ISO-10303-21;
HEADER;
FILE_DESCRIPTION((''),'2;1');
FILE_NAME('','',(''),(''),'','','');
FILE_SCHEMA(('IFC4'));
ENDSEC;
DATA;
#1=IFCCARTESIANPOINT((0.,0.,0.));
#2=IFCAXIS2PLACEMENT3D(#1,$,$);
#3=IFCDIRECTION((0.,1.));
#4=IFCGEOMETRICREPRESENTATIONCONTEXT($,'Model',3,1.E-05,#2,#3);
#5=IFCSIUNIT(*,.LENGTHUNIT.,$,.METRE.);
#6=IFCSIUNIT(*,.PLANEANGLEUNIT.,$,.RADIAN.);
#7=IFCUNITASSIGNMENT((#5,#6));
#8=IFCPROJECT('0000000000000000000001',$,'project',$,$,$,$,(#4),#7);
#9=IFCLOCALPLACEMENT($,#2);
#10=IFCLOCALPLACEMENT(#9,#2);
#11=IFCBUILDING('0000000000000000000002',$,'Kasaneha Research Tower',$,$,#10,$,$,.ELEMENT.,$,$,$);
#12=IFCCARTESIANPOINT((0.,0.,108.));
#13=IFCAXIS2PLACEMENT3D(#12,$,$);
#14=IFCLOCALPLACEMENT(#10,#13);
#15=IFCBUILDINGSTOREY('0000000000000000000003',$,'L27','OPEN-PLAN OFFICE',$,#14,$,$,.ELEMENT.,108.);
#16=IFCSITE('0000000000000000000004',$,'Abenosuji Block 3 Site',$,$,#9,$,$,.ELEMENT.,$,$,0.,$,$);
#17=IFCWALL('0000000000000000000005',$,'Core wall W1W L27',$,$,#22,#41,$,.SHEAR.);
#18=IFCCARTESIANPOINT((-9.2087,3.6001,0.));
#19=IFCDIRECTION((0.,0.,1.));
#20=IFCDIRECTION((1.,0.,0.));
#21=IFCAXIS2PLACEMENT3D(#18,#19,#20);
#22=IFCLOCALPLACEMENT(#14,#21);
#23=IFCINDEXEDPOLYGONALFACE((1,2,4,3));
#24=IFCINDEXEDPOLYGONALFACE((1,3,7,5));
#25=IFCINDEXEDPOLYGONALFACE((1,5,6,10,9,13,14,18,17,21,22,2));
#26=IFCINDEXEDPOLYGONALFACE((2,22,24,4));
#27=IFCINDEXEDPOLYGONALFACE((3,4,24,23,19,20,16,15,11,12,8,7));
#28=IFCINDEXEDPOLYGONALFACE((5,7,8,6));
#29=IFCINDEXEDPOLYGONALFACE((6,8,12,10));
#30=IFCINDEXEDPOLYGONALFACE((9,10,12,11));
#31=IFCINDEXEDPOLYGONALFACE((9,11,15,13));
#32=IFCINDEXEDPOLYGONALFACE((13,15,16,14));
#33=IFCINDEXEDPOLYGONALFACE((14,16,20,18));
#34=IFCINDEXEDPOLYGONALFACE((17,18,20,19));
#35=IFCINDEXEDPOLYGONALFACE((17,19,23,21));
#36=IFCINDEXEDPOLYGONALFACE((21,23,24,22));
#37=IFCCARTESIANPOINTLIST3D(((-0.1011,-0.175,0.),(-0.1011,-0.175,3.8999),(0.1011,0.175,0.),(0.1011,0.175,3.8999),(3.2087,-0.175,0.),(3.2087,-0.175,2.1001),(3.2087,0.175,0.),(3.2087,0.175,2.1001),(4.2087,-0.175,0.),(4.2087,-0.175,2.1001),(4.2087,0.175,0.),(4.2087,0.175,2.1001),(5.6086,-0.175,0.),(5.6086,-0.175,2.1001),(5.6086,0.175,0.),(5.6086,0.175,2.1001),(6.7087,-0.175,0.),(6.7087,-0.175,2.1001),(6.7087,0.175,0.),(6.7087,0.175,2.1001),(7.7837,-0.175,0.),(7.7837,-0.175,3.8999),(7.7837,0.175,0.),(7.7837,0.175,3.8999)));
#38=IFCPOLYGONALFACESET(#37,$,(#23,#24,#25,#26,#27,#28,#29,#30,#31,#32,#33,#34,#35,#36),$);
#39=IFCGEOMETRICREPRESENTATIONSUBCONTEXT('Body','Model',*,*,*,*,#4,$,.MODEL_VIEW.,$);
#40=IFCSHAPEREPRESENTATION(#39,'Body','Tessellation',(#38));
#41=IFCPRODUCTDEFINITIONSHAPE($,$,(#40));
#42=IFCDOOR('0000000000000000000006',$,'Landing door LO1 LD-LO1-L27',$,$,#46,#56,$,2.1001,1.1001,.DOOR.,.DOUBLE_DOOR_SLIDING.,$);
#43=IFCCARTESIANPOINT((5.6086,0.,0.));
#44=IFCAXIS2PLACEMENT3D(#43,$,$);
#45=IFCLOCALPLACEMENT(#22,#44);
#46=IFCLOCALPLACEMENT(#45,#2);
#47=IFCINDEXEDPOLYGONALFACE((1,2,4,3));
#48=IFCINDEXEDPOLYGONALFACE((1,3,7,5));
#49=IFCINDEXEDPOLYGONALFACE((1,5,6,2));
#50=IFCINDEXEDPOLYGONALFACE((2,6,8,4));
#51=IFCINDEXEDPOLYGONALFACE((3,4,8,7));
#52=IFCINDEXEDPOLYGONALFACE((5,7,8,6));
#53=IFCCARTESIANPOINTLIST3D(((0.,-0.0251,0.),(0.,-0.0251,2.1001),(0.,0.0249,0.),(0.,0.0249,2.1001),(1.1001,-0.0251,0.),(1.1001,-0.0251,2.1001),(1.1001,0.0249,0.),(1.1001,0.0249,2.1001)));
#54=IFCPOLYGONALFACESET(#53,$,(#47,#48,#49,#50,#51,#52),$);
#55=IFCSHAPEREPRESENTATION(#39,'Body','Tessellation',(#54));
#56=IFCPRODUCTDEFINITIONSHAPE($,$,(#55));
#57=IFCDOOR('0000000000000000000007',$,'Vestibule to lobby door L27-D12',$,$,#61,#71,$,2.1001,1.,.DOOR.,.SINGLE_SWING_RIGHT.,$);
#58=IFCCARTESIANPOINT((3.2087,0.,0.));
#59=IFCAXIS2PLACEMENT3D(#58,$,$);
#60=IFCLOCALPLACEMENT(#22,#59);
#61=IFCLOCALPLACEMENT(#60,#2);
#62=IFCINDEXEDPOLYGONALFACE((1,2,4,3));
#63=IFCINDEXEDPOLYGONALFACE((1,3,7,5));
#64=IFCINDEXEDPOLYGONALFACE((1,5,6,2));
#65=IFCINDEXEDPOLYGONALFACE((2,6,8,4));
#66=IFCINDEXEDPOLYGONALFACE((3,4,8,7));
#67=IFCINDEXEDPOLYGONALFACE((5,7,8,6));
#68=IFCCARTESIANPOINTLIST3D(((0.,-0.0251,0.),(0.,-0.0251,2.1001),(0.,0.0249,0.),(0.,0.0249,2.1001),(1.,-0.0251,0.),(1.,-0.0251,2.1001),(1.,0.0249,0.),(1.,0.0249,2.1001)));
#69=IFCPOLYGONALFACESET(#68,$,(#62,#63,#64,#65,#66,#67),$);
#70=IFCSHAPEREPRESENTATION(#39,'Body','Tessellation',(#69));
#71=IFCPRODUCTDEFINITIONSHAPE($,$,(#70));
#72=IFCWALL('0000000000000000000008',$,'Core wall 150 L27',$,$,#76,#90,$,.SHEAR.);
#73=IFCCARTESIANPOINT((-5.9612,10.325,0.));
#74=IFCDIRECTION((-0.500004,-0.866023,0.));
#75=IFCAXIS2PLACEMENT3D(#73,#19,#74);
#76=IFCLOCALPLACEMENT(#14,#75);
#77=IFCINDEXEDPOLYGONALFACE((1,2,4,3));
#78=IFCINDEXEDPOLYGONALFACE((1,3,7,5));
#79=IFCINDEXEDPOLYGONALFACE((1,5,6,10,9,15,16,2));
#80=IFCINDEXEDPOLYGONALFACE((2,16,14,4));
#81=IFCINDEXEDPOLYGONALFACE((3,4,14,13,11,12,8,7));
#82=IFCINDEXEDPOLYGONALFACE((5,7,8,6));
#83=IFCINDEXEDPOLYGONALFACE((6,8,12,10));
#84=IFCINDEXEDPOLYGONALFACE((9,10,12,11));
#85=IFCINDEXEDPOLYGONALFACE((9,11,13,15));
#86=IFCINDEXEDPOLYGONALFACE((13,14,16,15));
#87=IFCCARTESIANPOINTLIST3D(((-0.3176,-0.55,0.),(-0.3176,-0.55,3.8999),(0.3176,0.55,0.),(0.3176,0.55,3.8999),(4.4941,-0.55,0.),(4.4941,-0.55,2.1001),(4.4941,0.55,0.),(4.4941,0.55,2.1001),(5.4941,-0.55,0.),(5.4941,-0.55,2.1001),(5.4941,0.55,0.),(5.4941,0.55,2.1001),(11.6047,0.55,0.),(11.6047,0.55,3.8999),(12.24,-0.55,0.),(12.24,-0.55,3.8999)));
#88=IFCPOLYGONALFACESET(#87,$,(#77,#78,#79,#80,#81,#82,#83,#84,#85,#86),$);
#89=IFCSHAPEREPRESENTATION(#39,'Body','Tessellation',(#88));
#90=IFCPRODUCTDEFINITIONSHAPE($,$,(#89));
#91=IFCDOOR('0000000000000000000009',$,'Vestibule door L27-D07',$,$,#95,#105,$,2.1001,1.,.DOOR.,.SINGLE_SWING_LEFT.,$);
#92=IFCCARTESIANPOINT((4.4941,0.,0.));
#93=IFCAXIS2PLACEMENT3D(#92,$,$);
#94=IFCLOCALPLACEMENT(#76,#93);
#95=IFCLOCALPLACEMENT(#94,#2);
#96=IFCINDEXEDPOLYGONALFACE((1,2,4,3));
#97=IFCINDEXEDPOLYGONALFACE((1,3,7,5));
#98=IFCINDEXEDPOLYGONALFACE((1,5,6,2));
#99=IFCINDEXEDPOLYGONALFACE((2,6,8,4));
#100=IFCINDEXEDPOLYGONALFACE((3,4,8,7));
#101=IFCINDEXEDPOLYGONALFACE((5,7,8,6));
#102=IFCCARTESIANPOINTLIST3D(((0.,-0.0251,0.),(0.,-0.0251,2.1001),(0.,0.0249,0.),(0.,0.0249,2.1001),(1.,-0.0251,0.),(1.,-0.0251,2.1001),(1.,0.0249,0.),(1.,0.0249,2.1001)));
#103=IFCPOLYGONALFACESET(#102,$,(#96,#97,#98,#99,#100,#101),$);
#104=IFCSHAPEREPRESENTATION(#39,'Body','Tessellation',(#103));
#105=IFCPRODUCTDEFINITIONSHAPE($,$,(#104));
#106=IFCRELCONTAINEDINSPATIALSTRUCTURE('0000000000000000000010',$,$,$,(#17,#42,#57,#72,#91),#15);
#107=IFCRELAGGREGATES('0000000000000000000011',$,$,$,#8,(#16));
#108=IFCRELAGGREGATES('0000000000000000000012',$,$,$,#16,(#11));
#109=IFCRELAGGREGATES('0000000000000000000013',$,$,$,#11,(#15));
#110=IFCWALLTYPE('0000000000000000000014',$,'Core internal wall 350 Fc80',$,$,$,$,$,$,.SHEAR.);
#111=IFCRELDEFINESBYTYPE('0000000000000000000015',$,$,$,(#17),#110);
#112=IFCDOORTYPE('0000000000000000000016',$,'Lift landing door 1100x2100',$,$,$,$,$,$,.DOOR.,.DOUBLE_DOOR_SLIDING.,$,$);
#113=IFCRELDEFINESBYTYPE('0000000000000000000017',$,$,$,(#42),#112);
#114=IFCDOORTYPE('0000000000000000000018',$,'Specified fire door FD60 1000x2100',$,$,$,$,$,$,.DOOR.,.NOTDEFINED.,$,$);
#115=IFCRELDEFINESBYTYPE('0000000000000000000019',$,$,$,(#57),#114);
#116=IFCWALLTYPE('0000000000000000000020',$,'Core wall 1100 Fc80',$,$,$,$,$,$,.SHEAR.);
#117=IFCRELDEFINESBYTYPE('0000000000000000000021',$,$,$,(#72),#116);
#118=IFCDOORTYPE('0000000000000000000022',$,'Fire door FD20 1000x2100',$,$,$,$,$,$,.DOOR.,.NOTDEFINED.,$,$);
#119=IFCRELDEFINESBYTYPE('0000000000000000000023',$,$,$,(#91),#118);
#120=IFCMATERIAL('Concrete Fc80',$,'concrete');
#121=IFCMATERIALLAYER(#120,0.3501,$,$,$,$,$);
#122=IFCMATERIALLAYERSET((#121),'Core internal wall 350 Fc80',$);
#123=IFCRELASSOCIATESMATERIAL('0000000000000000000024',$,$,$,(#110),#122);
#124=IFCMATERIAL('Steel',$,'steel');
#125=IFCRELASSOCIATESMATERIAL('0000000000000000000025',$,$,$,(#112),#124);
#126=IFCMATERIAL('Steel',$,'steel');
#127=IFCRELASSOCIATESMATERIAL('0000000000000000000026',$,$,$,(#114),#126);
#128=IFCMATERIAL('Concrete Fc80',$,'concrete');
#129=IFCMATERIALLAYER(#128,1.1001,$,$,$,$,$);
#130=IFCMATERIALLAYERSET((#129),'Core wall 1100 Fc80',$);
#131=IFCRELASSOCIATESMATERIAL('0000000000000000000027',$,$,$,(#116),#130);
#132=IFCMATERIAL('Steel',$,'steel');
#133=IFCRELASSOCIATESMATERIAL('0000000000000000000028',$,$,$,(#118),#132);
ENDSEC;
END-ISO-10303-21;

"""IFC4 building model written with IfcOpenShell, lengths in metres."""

from ifc_helpers import new_model, si_unit, direction, frame, frame_2d, origin, place, context, subcontext, project, spatial, polyline, rectangle, outline, extrude, material, layer, layer_set, type_object, element, fill, save


model = new_model("IFC4")

# Units and contexts
model_context = context("Model", 3, precision=1e-05, world=origin(), true_north=direction((0.0, 1.0)))
body_context = subcontext(model_context, "Body", "Model", "MODEL_VIEW")
ifc_project = project(units=[si_unit("LENGTHUNIT", "METRE"), si_unit("PLANEANGLEUNIT", "RADIAN")], contexts=[model_context])

# Site, building, storey
site_placement = place(None, origin())
site = spatial("IfcSite", under=ifc_project, at=site_placement, Name="Abenosuji Block 3 Site", CompositionType="ELEMENT", RefElevation=0.0)
building_placement = place(site_placement, origin())
building = spatial("IfcBuilding", under=site, at=building_placement, Name="Kasaneha Research Tower", CompositionType="ELEMENT")
storey_placement = place(building_placement, frame((0.0, 0.0, 108.0)))
storey = spatial("IfcBuildingStorey", under=building, at=storey_placement, Name="L27", Description="OPEN-PLAN OFFICE", CompositionType="ELEMENT", Elevation=108.0)

# Wall, openings, doors
ifc_material_1 = material(Name="Concrete Fc80", Category="concrete")
ifc_layer_1 = layer(ifc_material_1, 0.3501)
ifc_layer_set_1 = layer_set([ifc_layer_1], Name="Core internal wall 350 Fc80")
wall_type_1 = type_object("IfcWallType", Name="Core internal wall 350 Fc80", PredefinedType="SHEAR", material=ifc_layer_set_1)
wall_1_placement = place(storey_placement, frame((-9.2087, 3.6001, 0.0), z_axis=(0.0, 0.0, 1.0), x_axis=(1.0, 0.0, 0.0)))
wall_1 = element("IfcWall", 1, at=wall_1_placement, inside=storey, type_object=wall_type_1, Name="Core wall W1W L27", PredefinedType="SHEAR", context=body_context, shape_type="SweptSolid", body=[
    extrude(outline(polyline([(-0.1011, -0.175), (3.2087, -0.175), (4.2087, -0.175), (5.6086, -0.175), (6.7087, -0.175), (7.7837, -0.175), (7.7837, 0.175), (6.7087, 0.175), (5.6086, 0.175), (4.2087, 0.175), (3.2087, 0.175), (0.1011, 0.175), (-0.1011, -0.175)])), origin(), (0.0, 0.0, 1.0), 3.8999),
])
opening_1_placement = place(wall_1_placement, frame((3.2087, 0.0, 0.0)))
opening_1 = element("IfcOpeningElement", 2, at=opening_1_placement, cuts=wall_1, PredefinedType="OPENING", context=body_context, shape_type="SweptSolid", body=[
    extrude(rectangle(XDim=1.0, YDim=2.1001, at=frame_2d((0.5, 1.05))), frame((0.0, 0.1851, 0.0), z_axis=(0.0, -1.0, 0.0), x_axis=(1.0, 0.0, 0.0)), (0.0, 0.0, 1.0), 0.3701),
])
opening_2_placement = place(wall_1_placement, frame((5.6086, 0.0, 0.0)))
opening_2 = element("IfcOpeningElement", 3, at=opening_2_placement, cuts=wall_1, PredefinedType="OPENING", context=body_context, shape_type="SweptSolid", body=[
    extrude(rectangle(XDim=1.1001, YDim=2.1001, at=frame_2d((0.55, 1.05))), frame((0.0, 0.1851, 0.0), z_axis=(0.0, -1.0, 0.0), x_axis=(1.0, 0.0, 0.0)), (0.0, 0.0, 1.0), 0.3701),
])
ifc_material_2 = material(Name="Steel", Category="steel")
door_type_1 = type_object("IfcDoorType", Name="Lift landing door 1100x2100", OperationType="DOUBLE_DOOR_SLIDING", PredefinedType="DOOR", material=ifc_material_2)
door_1_placement = place(opening_2_placement, origin())
door_1 = element("IfcDoor", 4, at=door_1_placement, inside=storey, type_object=door_type_1, Name="Landing door LO1 LD-LO1-L27", OperationType="DOUBLE_DOOR_SLIDING", OverallHeight=2.1001, OverallWidth=1.1001, PredefinedType="DOOR", context=body_context, shape_type="SweptSolid", body=[
    extrude(rectangle(XDim=1.1001, YDim=2.1001, at=frame_2d((0.55, 1.05))), frame((0.0, 0.0249, 0.0), z_axis=(0.0, -1.0, 0.0), x_axis=(1.0, 0.0, 0.0)), (0.0, 0.0, 1.0), 0.05),
])
fill(opening_2, door_1)
ifc_material_3 = material(Name="Steel", Category="steel")
door_type_2 = type_object("IfcDoorType", Name="Specified fire door FD60 1000x2100", OperationType="NOTDEFINED", PredefinedType="DOOR", material=ifc_material_3)
door_2_placement = place(opening_1_placement, origin())
door_2 = element("IfcDoor", 5, at=door_2_placement, inside=storey, type_object=door_type_2, Name="Vestibule to lobby door L27-D12", OperationType="SINGLE_SWING_RIGHT", OverallHeight=2.1001, OverallWidth=1.0, PredefinedType="DOOR", context=body_context, shape_type="SweptSolid", body=[
    extrude(rectangle(XDim=1.0, YDim=2.1001, at=frame_2d((0.5, 1.05))), frame((0.0, 0.0249, 0.0), z_axis=(0.0, -1.0, 0.0), x_axis=(1.0, 0.0, 0.0)), (0.0, 0.0, 1.0), 0.05),
])
fill(opening_1, door_2)

# Wall, opening, door
ifc_material_4 = material(Name="Concrete Fc80", Category="concrete")
ifc_layer_2 = layer(ifc_material_4, 1.1001)
ifc_layer_set_2 = layer_set([ifc_layer_2], Name="Core wall 1100 Fc80")
wall_type_2 = type_object("IfcWallType", Name="Core wall 1100 Fc80", PredefinedType="SHEAR", material=ifc_layer_set_2)
wall_2_placement = place(storey_placement, frame((-5.9612, 10.325, 0.0), z_axis=(0.0, 0.0, 1.0), x_axis=(-0.500004, -0.866023, 0.0)))
wall_2 = element("IfcWall", 6, at=wall_2_placement, inside=storey, type_object=wall_type_2, Name="Core wall 150 L27", PredefinedType="SHEAR", context=body_context, shape_type="SweptSolid", body=[
    extrude(outline(polyline([(-0.3176, -0.55), (4.4941, -0.55), (5.4941, -0.55), (12.24, -0.55), (11.6047, 0.55), (5.4941, 0.55), (4.4941, 0.55), (0.3176, 0.55), (-0.3176, -0.55)])), origin(), (0.0, 0.0, 1.0), 3.8999),
])
opening_3_placement = place(wall_2_placement, frame((4.4941, 0.0, 0.0)))
opening_3 = element("IfcOpeningElement", 7, at=opening_3_placement, cuts=wall_2, PredefinedType="OPENING", context=body_context, shape_type="SweptSolid", body=[
    extrude(rectangle(XDim=1.0, YDim=2.1001, at=frame_2d((0.5, 1.05))), frame((0.0, 0.5601, 0.0), z_axis=(0.0, -1.0, 0.0), x_axis=(1.0, 0.0, 0.0)), (0.0, 0.0, 1.0), 1.1201),
])
ifc_material_5 = material(Name="Steel", Category="steel")
door_type_3 = type_object("IfcDoorType", Name="Fire door FD20 1000x2100", OperationType="NOTDEFINED", PredefinedType="DOOR", material=ifc_material_5)
door_3_placement = place(opening_3_placement, origin())
door_3 = element("IfcDoor", 8, at=door_3_placement, inside=storey, type_object=door_type_3, Name="Vestibule door L27-D07", OperationType="SINGLE_SWING_LEFT", OverallHeight=2.1001, OverallWidth=1.0, PredefinedType="DOOR", context=body_context, shape_type="SweptSolid", body=[
    extrude(rectangle(XDim=1.0, YDim=2.1001, at=frame_2d((0.5, 1.05))), frame((0.0, 0.0249, 0.0), z_axis=(0.0, -1.0, 0.0), x_axis=(1.0, 0.0, 0.0)), (0.0, 0.0, 1.0), 0.05),
])
fill(opening_3, door_3)

save(model, "model.ifc")
